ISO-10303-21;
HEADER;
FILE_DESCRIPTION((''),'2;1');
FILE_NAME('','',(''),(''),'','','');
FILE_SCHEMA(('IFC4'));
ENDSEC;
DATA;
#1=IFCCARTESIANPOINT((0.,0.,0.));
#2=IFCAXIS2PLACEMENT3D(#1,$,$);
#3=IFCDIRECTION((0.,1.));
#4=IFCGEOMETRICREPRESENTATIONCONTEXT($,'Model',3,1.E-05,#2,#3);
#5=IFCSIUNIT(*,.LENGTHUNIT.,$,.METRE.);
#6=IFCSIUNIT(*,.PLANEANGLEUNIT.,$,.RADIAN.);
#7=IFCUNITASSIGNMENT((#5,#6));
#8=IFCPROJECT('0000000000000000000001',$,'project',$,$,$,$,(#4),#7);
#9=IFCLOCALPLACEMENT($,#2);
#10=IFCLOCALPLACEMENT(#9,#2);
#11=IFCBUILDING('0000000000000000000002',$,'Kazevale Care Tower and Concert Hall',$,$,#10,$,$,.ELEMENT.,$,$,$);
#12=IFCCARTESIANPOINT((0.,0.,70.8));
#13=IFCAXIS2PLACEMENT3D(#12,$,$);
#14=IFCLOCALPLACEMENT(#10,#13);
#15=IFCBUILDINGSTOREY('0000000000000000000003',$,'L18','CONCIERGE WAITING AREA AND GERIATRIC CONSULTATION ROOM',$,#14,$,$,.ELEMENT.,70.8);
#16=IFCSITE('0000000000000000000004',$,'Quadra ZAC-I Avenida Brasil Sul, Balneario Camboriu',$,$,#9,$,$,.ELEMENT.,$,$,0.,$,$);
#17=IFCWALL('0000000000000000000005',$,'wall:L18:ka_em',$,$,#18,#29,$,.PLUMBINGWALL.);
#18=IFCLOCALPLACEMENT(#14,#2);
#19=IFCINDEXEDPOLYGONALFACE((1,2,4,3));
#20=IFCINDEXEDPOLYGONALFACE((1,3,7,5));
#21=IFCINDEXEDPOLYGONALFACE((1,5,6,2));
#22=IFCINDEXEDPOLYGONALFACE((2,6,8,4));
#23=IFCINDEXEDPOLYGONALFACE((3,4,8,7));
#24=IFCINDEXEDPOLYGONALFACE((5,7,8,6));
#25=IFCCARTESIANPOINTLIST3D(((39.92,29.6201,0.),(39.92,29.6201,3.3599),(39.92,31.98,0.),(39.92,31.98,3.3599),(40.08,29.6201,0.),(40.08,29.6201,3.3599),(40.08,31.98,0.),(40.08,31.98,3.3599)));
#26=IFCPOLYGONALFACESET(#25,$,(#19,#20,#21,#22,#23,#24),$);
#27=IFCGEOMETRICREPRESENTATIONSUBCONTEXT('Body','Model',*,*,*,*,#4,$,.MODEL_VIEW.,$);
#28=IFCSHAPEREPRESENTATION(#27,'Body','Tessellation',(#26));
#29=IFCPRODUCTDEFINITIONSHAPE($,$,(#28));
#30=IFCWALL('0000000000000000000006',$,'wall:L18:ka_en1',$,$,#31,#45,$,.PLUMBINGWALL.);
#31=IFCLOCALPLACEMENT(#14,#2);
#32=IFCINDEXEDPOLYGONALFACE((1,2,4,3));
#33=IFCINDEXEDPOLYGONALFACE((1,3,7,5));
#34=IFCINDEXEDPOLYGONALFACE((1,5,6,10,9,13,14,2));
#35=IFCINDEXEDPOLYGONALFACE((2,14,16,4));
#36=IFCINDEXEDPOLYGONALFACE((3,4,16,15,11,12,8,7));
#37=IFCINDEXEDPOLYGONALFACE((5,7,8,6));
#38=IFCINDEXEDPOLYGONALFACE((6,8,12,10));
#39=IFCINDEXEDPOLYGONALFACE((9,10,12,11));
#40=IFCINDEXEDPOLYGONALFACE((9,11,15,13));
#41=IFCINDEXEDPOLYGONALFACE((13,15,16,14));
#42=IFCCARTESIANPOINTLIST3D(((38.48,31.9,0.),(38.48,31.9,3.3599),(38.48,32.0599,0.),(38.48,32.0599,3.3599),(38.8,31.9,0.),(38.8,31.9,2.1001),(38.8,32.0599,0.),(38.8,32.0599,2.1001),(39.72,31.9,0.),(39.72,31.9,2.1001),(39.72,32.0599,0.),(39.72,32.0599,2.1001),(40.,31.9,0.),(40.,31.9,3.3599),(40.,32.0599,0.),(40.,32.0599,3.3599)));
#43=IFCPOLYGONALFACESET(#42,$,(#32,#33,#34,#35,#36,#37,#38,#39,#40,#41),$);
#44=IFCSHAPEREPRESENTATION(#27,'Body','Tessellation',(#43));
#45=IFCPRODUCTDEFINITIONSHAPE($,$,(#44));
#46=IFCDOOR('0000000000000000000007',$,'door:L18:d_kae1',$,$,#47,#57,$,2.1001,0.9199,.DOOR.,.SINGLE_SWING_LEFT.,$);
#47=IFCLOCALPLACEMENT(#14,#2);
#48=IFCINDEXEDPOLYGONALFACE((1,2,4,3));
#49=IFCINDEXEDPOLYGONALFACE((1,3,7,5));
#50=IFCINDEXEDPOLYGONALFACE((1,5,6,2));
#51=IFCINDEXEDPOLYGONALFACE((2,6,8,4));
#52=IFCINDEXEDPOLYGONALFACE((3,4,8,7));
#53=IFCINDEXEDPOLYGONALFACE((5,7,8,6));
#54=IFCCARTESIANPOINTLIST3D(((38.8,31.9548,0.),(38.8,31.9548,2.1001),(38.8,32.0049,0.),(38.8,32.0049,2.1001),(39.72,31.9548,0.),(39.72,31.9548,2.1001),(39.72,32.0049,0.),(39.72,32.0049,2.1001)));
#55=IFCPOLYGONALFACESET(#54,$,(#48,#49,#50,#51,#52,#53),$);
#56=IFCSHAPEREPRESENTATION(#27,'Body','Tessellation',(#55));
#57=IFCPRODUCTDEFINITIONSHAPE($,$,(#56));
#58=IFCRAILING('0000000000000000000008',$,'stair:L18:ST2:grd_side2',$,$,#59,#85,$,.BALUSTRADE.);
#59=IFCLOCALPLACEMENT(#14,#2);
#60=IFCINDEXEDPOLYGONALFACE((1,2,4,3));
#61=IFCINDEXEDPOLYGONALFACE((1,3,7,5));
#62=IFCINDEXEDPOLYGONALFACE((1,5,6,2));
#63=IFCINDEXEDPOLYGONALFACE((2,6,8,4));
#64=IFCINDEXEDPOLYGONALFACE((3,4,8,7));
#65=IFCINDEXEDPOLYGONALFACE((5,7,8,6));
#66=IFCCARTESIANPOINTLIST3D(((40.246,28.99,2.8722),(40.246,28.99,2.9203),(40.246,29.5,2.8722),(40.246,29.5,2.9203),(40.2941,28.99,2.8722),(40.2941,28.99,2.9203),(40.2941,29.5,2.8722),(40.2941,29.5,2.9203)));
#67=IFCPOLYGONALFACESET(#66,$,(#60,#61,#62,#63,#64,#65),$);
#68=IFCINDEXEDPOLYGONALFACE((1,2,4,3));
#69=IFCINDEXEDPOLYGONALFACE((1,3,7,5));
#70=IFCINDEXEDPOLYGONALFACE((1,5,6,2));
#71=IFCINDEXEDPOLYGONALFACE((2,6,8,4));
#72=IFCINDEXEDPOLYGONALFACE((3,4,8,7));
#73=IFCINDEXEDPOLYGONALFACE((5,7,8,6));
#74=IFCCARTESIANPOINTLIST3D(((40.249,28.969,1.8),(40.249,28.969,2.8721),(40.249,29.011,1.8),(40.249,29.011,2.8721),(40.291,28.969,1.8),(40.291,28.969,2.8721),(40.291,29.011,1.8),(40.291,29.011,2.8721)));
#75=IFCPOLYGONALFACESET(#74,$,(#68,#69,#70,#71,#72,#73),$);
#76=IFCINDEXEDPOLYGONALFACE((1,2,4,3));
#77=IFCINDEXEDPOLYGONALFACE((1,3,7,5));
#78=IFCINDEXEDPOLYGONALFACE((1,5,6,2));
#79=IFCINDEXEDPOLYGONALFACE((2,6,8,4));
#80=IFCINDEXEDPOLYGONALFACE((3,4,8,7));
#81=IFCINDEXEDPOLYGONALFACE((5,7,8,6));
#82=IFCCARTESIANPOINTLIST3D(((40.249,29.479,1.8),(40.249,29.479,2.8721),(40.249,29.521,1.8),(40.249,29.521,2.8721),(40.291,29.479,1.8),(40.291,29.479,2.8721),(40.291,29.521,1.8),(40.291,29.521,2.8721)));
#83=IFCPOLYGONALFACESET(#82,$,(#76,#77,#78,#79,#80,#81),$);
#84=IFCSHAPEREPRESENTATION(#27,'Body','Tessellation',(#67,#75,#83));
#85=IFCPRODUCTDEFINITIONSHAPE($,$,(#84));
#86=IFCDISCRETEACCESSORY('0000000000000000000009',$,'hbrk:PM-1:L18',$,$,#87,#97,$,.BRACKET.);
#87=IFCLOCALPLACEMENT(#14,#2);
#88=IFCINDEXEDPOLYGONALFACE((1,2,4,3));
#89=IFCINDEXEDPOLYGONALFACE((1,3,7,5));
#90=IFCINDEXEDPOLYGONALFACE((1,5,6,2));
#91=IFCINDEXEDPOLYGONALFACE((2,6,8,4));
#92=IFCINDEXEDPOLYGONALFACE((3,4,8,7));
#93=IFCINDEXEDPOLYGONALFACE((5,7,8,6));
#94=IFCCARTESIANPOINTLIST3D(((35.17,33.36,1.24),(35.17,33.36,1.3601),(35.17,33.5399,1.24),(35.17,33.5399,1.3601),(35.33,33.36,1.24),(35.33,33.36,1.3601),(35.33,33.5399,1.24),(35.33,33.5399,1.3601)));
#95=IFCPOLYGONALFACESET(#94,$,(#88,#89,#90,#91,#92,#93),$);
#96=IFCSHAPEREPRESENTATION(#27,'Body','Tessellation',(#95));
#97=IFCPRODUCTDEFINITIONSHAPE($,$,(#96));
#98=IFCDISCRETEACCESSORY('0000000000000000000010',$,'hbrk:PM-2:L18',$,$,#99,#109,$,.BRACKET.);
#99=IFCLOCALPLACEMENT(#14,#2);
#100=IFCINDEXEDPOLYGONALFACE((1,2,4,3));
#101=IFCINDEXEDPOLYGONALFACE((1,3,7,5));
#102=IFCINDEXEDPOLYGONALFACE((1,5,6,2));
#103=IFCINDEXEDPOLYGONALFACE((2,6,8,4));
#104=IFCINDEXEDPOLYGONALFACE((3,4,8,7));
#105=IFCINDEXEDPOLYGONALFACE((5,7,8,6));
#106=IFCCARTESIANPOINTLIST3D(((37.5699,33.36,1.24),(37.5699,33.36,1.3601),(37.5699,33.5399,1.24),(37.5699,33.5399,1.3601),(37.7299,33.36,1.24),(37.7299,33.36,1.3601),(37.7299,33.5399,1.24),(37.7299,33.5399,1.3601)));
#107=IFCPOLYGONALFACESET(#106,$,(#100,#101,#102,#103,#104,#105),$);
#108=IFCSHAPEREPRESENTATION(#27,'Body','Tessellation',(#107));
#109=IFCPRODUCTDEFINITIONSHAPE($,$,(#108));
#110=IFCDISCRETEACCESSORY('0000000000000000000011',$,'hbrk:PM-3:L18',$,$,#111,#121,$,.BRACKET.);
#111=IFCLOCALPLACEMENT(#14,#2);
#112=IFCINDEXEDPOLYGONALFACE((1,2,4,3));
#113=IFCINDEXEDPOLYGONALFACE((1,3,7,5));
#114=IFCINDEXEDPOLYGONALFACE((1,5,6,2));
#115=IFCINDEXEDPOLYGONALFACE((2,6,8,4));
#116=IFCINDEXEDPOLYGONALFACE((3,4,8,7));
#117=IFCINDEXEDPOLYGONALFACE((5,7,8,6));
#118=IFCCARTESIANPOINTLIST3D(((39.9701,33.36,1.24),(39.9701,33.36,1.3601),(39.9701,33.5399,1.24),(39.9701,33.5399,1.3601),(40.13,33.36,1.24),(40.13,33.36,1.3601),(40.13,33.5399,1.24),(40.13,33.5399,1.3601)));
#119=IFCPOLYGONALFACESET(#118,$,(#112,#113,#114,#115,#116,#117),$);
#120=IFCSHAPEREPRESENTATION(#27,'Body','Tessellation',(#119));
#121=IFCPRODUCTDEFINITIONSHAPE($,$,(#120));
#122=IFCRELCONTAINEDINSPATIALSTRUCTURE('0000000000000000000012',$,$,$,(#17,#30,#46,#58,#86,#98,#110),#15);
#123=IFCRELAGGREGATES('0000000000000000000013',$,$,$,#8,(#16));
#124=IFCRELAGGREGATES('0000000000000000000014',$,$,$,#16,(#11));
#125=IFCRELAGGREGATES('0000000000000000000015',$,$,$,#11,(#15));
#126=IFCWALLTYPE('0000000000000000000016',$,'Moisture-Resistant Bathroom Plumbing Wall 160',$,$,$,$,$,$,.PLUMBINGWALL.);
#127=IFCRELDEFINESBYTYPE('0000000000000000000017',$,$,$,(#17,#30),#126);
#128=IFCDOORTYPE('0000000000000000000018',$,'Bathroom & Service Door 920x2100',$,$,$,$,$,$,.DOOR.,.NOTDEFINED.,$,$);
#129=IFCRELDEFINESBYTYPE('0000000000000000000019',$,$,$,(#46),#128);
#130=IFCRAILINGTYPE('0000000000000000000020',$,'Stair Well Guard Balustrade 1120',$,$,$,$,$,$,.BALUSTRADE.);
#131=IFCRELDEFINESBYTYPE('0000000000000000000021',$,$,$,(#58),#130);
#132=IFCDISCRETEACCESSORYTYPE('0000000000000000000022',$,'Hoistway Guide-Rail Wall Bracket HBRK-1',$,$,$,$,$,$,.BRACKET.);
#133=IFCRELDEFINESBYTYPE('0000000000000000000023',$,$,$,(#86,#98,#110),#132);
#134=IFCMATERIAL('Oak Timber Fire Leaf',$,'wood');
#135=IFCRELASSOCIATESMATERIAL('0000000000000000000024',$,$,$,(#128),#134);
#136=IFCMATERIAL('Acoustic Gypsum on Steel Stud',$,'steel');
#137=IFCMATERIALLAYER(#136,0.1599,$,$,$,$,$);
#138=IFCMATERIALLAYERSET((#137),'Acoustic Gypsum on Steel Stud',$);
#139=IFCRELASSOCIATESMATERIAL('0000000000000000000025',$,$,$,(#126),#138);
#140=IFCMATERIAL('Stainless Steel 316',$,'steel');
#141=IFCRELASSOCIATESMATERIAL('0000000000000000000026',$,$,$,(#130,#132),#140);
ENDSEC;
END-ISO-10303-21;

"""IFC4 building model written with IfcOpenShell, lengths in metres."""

from ifc_helpers import new_model, si_unit, direction, frame, frame_2d, origin, origin_2d, place, context, subcontext, project, spatial, rectangle, extrude, material, layer, layer_set, type_object, element, fill, save


model = new_model("IFC4")

# Units and contexts
model_context = context("Model", 3, precision=1e-05, world=origin(), true_north=direction((0.0, 1.0)))
body_context = subcontext(model_context, "Body", "Model", "MODEL_VIEW")
ifc_project = project(units=[si_unit("LENGTHUNIT", "METRE"), si_unit("PLANEANGLEUNIT", "RADIAN")], contexts=[model_context])

# Site, building, storey
site_placement = place(None, origin())
site = spatial("IfcSite", under=ifc_project, at=site_placement, Name="Quadra ZAC-I Avenida Brasil Sul, Balneario Camboriu", CompositionType="ELEMENT", RefElevation=0.0)
building_placement = place(site_placement, origin())
building = spatial("IfcBuilding", under=site, at=building_placement, Name="Kazevale Care Tower and Concert Hall", CompositionType="ELEMENT")
storey_placement = place(building_placement, frame((0.0, 0.0, 70.8)))
storey = spatial("IfcBuildingStorey", under=building, at=storey_placement, Name="L18", Description="CONCIERGE WAITING AREA AND GERIATRIC CONSULTATION ROOM", CompositionType="ELEMENT", Elevation=70.8)

# Shared definitions
ifc_material_1 = material(Name="Acoustic Gypsum on Steel Stud", Category="steel")

# Shared definitions
ifc_material_2 = material(Name="Oak Timber Fire Leaf", Category="wood")
door_type = type_object("IfcDoorType", Name="Bathroom & Service Door 920x2100", OperationType="NOTDEFINED", PredefinedType="DOOR", material=ifc_material_2)

# Wall
ifc_layer_1 = layer(ifc_material_1, 0.1599)
ifc_layer_set_1 = layer_set([ifc_layer_1], Name="Acoustic Gypsum on Steel Stud")
wall_type_1 = type_object("IfcWallType", Name="Moisture-Resistant Bathroom Plumbing Wall 160", PredefinedType="PLUMBINGWALL", material=ifc_layer_set_1)
for number, where, z_axis, x_axis, name in (
    (1, (40.0, 29.6201, 0.0), (0.0, 0.0, 1.0), (0.0, 1.0, 0.0), "wall:L18:ka_em"),
):
    element("IfcWall", number, at=place(storey_placement, frame(where, z_axis=z_axis, x_axis=x_axis)), inside=storey, type_object=wall_type_1, Name=name, PredefinedType="PLUMBINGWALL", context=body_context, shape_type="SweptSolid", body=[
        extrude(rectangle(XDim=2.3599, YDim=0.1599, at=frame_2d((1.1799, 0.0))), origin(), (0.0, 0.0, 1.0), 3.3599),
    ])

# Wall, opening, door
wall_1_placement = place(storey_placement, frame((38.48, 31.98, 0.0), z_axis=(0.0, 0.0, 1.0), x_axis=(1.0, 0.0, 0.0)))
wall_1 = element("IfcWall", 2, at=wall_1_placement, inside=storey, type_object=wall_type_1, Name="wall:L18:ka_en1", PredefinedType="PLUMBINGWALL", context=body_context, shape_type="SweptSolid", body=[
    extrude(rectangle(XDim=1.52, YDim=0.1599, at=frame_2d((0.76, 0.0))), origin(), (0.0, 0.0, 1.0), 3.3599),
])
opening_1_placement = place(wall_1_placement, frame((0.3201, 0.0, 0.0)))
opening_1 = element("IfcOpeningElement", 3, at=opening_1_placement, cuts=wall_1, PredefinedType="OPENING", context=body_context, shape_type="SweptSolid", body=[
    extrude(rectangle(XDim=0.9199, YDim=2.1001, at=frame_2d((0.46, 1.05))), frame((0.0, 0.0898, 0.0), z_axis=(0.0, -1.0, 0.0), x_axis=(1.0, 0.0, 0.0)), (0.0, 0.0, 1.0), 0.1799),
])
door_1_placement = place(opening_1_placement, origin())
door_1 = element("IfcDoor", 4, at=door_1_placement, inside=storey, type_object=door_type, Name="door:L18:d_kae1", OperationType="SINGLE_SWING_LEFT", OverallHeight=2.1001, OverallWidth=0.9199, PredefinedType="DOOR", context=body_context, shape_type="SweptSolid", body=[
    extrude(rectangle(XDim=0.9199, YDim=2.1001, at=frame_2d((0.46, 1.05))), frame((0.0, 0.0249, 0.0), z_axis=(0.0, -1.0, 0.0), x_axis=(1.0, 0.0, 0.0)), (0.0, 0.0, 1.0), 0.05),
])
fill(opening_1, door_1)

# Railing
ifc_material_3 = material(Name="Stainless Steel 316", Category="steel")
railing_type = type_object("IfcRailingType", Name="Stair Well Guard Balustrade 1120", PredefinedType="BALUSTRADE", material=ifc_material_3)
railing_placement = place(storey_placement, frame((40.27, 28.99, 1.8)))
element("IfcRailing", 5, at=railing_placement, inside=storey, type_object=railing_type, Name="stair:L18:ST2:grd_side2", PredefinedType="BALUSTRADE", context=body_context, shape_type="SweptSolid", body=[
    extrude(rectangle(XDim=0.0481, YDim=0.0481, at=origin_2d()), frame((0.0, 0.0, 1.0962), z_axis=(0.0, 1.0, 0.0), x_axis=(-1.0, 0.0, 0.0)), (0.0, 0.0, 1.0), 0.51),
    extrude(rectangle(XDim=0.042, YDim=0.042, at=origin_2d()), origin(), (0.0, 0.0, 1.0), 1.072),
    extrude(rectangle(XDim=0.042, YDim=0.042, at=origin_2d()), frame((0.0, 0.51, 0.0)), (0.0, 0.0, 1.0), 1.072),
])

# Discrete accessories
discrete_accessory_type = type_object("IfcDiscreteAccessoryType", Name="Hoistway Guide-Rail Wall Bracket HBRK-1", PredefinedType="BRACKET", material=ifc_material_3)
for number, where, z_axis, x_axis, name in (
    (6, (35.25, 33.45, 1.24), (0.0, 0.0, 1.0), (1.0, 0.0, 0.0), "hbrk:PM-1:L18"),
    (7, (37.6499, 33.45, 1.24), (0.0, 0.0, 1.0), (1.0, 0.0, 0.0), "hbrk:PM-2:L18"),
    (8, (40.05, 33.45, 1.24), (0.0, 0.0, 1.0), (1.0, 0.0, 0.0), "hbrk:PM-3:L18"),
):
    element("IfcDiscreteAccessory", number, at=place(storey_placement, frame(where, z_axis=z_axis, x_axis=x_axis)), inside=storey, type_object=discrete_accessory_type, Name=name, PredefinedType="BRACKET", context=body_context, shape_type="SweptSolid", body=[
        extrude(rectangle(XDim=0.1599, YDim=0.1799, at=origin_2d()), origin(), (0.0, 0.0, 1.0), 0.1201),
    ])

save(model, "model.ifc")
